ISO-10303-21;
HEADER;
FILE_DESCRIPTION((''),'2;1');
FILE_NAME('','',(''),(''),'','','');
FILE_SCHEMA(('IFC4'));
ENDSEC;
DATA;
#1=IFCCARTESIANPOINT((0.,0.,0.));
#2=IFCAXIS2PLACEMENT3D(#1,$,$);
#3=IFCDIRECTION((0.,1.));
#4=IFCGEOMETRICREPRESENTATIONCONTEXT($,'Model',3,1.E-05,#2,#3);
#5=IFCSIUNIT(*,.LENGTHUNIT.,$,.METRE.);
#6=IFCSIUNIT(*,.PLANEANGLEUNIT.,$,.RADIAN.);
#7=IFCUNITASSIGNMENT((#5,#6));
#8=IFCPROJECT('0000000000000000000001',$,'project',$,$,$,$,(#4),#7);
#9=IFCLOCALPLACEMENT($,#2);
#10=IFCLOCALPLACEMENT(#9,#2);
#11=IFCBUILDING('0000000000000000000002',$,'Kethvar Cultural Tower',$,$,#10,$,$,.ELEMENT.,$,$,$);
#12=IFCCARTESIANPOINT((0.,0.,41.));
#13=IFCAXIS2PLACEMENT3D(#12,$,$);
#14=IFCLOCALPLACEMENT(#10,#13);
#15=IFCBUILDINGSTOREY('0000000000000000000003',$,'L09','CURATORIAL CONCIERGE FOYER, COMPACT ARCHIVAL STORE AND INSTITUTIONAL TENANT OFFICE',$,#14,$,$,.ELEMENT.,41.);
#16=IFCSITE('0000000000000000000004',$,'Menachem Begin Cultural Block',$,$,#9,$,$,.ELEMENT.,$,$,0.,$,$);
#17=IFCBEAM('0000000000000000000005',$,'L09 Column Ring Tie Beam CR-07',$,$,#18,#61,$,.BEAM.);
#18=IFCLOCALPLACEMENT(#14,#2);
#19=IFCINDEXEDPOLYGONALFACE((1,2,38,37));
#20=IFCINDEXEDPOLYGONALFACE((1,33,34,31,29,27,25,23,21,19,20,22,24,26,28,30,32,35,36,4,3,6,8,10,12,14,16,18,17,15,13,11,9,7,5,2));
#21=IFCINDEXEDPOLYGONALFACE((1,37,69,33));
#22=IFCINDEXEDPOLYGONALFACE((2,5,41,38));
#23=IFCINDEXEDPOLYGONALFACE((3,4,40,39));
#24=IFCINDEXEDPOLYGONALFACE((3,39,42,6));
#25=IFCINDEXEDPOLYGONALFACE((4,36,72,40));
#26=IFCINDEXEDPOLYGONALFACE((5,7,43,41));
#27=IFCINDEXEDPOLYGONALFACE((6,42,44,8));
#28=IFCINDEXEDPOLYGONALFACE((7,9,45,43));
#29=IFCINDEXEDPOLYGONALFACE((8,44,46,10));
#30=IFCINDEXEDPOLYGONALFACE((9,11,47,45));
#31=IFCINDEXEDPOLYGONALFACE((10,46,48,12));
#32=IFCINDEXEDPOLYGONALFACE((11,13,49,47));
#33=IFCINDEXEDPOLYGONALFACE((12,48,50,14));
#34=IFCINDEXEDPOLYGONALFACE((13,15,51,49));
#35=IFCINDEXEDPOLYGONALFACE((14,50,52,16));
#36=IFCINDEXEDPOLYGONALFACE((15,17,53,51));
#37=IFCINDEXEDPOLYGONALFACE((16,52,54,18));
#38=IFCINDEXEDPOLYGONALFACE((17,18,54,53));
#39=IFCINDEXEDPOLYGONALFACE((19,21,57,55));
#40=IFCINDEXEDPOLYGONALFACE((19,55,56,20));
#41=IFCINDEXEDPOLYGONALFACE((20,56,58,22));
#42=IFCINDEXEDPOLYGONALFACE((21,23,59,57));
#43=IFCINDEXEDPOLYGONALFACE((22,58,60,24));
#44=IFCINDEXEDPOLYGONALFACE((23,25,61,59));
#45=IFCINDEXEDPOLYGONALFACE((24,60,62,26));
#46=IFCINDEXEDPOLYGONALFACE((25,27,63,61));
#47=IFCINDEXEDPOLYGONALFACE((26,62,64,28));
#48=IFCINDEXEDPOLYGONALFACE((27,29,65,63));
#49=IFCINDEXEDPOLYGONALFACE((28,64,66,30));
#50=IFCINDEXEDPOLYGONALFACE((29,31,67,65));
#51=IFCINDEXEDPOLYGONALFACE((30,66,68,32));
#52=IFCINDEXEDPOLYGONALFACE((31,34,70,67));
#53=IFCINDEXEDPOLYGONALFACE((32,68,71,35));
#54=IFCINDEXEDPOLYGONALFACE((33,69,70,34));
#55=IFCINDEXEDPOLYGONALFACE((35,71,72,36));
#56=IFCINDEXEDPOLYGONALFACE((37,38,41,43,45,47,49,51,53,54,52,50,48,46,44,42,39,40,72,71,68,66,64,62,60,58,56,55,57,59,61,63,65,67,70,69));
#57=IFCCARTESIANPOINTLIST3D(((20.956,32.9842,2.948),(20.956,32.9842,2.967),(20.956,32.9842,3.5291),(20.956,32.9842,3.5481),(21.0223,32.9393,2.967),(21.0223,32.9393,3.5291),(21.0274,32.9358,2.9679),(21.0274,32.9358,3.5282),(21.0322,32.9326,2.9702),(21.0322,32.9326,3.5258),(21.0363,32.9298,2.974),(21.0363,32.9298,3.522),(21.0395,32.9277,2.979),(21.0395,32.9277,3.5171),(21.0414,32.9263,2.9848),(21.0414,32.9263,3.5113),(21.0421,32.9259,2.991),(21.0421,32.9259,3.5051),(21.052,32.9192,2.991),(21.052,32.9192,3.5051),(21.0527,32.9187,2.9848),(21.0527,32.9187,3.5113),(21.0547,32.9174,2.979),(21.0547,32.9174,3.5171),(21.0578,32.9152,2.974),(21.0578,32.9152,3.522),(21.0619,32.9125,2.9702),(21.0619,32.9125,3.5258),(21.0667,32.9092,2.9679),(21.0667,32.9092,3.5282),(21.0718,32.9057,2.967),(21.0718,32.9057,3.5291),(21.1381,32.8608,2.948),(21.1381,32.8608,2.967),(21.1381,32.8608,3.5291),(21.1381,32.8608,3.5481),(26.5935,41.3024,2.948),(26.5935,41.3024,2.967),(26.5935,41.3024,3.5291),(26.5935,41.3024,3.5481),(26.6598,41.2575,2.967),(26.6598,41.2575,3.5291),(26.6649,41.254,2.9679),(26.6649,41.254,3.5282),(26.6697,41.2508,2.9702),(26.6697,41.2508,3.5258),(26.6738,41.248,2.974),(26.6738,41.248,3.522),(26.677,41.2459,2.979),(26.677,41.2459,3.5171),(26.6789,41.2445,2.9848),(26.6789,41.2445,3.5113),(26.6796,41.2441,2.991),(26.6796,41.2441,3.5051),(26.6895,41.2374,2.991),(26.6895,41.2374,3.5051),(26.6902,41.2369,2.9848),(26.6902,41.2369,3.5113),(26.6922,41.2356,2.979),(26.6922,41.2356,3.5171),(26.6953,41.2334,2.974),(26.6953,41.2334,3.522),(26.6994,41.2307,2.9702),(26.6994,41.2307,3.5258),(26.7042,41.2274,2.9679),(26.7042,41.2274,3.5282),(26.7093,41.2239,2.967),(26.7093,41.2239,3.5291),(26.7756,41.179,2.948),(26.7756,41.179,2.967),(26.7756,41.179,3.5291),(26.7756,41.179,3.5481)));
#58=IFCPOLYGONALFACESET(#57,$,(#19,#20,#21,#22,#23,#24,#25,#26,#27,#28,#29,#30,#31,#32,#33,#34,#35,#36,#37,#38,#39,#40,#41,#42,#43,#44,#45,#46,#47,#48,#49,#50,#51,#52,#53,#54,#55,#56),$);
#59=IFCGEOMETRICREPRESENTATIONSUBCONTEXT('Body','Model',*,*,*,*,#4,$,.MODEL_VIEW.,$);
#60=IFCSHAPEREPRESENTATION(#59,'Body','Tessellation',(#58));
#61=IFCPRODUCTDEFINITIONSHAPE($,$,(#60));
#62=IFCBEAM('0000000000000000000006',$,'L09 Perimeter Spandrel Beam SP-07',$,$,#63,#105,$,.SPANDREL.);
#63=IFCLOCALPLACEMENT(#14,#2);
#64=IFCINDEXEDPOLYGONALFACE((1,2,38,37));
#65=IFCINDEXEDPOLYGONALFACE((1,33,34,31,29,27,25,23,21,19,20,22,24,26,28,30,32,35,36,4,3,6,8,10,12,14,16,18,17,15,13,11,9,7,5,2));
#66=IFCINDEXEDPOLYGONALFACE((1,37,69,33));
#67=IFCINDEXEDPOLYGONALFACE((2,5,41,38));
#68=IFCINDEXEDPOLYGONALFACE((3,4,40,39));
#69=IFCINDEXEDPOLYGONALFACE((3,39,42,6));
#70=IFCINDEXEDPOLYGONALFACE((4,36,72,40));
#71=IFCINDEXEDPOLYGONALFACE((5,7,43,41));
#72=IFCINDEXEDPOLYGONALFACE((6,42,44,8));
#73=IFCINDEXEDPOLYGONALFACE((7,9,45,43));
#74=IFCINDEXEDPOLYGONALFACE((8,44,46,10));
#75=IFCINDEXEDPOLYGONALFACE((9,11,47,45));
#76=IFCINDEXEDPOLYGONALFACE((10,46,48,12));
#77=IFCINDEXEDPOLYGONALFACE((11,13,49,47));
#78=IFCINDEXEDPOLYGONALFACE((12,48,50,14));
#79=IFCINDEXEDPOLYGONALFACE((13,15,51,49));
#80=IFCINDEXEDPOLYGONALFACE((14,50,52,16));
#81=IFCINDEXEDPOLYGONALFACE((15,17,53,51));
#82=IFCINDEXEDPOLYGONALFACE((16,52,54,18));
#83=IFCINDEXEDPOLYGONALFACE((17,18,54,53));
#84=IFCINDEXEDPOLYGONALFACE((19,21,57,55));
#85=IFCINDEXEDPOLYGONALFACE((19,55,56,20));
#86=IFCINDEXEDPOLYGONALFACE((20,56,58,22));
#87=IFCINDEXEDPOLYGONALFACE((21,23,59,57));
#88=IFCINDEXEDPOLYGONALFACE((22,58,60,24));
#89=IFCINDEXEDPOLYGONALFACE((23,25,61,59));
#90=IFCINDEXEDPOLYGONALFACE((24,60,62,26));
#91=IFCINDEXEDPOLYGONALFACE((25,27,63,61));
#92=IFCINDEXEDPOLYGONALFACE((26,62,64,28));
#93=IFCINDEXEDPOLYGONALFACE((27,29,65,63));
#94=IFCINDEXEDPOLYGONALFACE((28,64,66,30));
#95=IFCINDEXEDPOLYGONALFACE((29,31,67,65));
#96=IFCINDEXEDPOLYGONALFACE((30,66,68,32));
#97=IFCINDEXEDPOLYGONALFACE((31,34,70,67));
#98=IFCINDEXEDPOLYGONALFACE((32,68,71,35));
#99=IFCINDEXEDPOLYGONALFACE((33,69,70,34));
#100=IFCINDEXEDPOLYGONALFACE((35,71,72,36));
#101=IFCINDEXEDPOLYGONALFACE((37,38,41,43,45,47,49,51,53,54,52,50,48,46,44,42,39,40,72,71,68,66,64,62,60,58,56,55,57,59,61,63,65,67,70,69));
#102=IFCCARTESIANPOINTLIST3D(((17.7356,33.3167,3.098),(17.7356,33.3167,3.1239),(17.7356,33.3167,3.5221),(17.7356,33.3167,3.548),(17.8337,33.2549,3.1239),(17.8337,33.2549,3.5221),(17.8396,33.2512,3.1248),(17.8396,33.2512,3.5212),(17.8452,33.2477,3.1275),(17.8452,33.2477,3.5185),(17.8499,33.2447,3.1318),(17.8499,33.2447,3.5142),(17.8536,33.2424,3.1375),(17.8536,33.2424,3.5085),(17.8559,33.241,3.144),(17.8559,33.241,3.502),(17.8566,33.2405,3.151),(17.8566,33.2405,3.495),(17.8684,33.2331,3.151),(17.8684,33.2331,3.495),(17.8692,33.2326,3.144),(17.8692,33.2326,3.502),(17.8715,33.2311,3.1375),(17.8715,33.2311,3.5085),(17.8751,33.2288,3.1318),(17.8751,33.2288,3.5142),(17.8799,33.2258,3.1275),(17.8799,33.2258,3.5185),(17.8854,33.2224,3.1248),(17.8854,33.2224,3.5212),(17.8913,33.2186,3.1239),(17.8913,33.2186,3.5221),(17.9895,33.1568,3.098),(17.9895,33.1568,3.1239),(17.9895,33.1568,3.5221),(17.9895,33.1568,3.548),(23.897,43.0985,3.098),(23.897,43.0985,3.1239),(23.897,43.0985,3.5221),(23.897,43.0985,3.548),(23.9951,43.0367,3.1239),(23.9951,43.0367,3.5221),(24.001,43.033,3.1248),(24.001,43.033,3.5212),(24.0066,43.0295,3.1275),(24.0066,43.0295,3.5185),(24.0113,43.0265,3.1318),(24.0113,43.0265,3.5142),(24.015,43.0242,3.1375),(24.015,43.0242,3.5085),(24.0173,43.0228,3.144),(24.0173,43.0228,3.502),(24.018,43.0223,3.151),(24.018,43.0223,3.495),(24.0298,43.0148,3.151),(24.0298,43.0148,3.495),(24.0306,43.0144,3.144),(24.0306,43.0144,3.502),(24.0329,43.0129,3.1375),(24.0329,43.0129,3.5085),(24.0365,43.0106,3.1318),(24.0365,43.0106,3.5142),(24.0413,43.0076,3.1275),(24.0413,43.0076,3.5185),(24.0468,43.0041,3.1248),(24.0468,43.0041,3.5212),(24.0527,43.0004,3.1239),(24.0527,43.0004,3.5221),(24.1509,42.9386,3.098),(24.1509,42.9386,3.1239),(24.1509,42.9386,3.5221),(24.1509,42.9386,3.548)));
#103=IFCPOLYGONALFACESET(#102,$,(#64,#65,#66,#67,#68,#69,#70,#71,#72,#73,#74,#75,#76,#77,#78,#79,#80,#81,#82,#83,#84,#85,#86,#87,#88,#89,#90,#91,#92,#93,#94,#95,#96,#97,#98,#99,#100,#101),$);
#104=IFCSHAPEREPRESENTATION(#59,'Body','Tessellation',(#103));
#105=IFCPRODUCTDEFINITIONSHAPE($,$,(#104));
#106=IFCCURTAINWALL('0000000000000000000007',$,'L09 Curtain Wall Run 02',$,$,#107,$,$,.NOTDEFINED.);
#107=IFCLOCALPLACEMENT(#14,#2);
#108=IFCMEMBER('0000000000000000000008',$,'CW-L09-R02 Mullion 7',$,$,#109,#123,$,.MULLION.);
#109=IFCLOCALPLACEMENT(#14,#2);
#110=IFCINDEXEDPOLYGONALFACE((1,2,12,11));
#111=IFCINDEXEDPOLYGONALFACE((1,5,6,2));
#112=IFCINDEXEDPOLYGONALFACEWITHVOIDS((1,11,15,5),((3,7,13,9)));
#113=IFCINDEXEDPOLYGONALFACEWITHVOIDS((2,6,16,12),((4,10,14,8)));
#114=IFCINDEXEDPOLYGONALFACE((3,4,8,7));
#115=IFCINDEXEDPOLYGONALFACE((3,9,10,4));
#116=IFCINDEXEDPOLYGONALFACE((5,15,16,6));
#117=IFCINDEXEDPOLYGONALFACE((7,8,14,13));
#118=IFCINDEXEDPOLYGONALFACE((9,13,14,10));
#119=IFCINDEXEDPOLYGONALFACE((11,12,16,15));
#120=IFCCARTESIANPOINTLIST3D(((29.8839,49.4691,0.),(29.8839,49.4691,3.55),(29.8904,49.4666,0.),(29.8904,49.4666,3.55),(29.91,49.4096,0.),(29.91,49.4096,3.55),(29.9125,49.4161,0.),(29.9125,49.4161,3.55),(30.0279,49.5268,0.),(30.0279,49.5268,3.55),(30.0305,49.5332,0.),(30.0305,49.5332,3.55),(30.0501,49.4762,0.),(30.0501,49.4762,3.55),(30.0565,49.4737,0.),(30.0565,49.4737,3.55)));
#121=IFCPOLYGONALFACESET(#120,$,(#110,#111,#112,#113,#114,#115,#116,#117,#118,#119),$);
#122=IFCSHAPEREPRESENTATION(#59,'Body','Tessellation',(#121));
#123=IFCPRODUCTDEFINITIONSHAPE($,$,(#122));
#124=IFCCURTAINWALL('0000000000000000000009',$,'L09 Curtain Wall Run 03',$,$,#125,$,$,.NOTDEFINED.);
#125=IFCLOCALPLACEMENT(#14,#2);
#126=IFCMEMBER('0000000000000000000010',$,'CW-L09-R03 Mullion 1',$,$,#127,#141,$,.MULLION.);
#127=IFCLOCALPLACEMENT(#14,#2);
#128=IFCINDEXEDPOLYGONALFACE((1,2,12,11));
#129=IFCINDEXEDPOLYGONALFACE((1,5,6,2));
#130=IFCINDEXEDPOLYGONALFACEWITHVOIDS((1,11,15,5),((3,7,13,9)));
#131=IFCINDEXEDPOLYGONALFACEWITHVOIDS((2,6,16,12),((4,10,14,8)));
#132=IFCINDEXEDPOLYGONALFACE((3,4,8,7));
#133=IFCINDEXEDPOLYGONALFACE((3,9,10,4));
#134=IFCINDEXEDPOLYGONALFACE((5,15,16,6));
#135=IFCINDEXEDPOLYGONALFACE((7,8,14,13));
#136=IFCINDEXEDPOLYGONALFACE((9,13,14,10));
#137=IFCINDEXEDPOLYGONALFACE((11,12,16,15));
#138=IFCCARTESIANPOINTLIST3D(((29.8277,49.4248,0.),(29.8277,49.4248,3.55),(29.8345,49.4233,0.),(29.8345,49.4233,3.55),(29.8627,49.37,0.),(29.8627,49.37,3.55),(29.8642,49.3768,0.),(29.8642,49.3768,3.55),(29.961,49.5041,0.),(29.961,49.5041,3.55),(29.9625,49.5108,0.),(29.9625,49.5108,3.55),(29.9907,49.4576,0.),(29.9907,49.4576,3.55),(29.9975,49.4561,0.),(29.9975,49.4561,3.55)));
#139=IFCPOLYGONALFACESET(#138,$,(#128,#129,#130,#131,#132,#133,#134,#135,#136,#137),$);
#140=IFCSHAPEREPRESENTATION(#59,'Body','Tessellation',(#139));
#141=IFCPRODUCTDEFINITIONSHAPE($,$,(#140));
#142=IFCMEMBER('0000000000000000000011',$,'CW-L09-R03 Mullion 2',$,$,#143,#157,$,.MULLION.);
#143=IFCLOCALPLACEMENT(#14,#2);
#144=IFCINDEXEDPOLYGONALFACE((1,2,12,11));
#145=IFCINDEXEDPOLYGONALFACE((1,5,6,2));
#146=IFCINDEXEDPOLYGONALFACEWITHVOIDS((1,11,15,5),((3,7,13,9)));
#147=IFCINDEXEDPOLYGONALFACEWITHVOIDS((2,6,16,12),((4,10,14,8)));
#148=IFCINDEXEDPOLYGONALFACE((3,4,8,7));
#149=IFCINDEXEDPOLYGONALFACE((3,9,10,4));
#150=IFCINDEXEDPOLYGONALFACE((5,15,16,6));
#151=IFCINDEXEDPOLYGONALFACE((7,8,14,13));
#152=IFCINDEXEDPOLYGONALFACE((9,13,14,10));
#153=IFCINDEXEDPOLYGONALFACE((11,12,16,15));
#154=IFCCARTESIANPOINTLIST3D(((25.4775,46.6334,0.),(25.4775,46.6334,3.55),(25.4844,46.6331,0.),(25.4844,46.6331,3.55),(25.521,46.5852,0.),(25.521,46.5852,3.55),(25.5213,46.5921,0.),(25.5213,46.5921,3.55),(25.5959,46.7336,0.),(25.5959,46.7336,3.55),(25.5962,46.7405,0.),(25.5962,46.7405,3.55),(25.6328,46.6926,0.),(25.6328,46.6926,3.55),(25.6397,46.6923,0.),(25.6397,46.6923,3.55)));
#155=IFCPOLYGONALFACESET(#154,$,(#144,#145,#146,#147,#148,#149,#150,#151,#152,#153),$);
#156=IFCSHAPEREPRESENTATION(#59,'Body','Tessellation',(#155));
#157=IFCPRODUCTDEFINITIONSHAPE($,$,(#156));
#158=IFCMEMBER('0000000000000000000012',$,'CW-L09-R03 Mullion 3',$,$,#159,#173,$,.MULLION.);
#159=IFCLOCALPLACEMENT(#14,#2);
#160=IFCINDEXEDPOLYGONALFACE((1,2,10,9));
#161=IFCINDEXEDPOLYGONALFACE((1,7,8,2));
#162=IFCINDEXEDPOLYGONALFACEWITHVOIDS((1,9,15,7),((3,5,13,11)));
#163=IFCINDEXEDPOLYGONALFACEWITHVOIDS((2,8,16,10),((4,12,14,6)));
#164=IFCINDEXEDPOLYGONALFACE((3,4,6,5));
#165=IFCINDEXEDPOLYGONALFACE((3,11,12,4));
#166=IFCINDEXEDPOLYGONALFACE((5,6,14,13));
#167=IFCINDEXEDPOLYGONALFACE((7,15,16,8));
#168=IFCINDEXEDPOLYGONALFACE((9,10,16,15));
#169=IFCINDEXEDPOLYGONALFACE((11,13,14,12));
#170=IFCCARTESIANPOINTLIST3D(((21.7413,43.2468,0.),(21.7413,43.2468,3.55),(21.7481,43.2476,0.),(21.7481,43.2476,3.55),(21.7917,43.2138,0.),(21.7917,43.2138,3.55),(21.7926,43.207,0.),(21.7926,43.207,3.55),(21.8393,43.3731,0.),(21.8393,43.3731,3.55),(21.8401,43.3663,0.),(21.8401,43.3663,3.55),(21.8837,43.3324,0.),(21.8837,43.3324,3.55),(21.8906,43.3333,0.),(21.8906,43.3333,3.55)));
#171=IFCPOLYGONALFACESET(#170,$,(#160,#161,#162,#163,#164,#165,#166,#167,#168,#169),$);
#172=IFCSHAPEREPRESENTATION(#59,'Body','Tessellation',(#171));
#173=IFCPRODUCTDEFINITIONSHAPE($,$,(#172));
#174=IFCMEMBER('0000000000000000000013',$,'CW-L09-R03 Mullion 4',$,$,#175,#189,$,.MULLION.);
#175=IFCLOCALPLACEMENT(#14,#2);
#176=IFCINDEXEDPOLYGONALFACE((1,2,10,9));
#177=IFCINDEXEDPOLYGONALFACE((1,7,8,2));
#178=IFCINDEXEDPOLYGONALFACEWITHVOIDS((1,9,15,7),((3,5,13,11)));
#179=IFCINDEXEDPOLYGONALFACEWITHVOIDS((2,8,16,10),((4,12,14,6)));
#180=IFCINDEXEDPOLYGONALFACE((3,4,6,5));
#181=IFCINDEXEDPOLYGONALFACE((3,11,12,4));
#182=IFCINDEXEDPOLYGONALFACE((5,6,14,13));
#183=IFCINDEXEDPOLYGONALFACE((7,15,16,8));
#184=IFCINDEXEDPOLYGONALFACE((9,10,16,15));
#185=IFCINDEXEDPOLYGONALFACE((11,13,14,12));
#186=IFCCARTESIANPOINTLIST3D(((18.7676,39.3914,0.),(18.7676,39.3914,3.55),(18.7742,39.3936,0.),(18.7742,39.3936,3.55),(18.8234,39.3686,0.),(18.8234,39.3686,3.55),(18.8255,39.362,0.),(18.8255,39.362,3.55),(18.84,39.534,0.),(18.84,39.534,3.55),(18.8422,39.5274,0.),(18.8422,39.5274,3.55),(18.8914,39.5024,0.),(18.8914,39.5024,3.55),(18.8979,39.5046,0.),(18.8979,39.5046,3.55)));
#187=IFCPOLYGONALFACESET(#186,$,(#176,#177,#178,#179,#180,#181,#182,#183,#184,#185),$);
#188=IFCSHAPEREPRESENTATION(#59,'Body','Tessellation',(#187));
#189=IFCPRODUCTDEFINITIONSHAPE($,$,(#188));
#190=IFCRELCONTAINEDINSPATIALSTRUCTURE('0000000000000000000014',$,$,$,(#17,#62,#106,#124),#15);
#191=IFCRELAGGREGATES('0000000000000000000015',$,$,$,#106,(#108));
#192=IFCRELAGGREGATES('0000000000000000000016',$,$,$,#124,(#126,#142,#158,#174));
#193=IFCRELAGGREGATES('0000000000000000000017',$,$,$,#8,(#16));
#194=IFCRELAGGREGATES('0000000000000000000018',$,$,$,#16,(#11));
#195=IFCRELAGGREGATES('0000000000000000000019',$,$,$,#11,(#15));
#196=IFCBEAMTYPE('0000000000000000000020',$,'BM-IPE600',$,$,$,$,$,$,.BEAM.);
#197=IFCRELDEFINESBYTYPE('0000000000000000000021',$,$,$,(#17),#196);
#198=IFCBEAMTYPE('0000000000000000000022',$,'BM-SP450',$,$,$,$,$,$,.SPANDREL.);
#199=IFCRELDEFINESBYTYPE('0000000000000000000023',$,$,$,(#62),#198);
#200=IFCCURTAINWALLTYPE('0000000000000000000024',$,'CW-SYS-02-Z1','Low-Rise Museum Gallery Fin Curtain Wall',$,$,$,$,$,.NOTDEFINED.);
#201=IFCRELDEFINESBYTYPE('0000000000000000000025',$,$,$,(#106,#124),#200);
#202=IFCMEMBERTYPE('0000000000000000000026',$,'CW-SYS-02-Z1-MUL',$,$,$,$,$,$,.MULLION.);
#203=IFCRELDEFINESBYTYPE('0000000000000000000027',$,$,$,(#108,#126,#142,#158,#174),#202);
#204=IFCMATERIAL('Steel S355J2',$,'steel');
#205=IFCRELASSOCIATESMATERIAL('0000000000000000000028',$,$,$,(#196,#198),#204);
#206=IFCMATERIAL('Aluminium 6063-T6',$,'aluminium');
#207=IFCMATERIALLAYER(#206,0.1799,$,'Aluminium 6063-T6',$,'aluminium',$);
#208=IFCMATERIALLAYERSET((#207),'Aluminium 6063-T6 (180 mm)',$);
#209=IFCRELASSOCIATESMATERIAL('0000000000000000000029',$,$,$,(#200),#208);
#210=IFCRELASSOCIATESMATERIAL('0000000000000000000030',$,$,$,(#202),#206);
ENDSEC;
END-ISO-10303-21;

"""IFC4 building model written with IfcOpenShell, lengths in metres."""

from ifc_helpers import new_model, si_unit, direction, frame, origin, origin_2d, place, context, subcontext, project, spatial, hollow_rectangle, i_section, extrude, source, transform, mapped, material, layer, layer_set, material_profile, profile_set, type_object, element, aggregate, save


model = new_model("IFC4")

# Units and contexts
model_context = context("Model", 3, precision=1e-05, world=origin(), true_north=direction((0.0, 1.0)))
body_context = subcontext(model_context, "Body", "Model", "MODEL_VIEW")
ifc_project = project(units=[si_unit("LENGTHUNIT", "METRE"), si_unit("PLANEANGLEUNIT", "RADIAN")], contexts=[model_context])

# Site, building, storey
site_placement = place(None, origin())
site = spatial("IfcSite", under=ifc_project, at=site_placement, Name="Menachem Begin Cultural Block", CompositionType="ELEMENT", RefElevation=0.0)
building_placement = place(site_placement, origin())
building = spatial("IfcBuilding", under=site, at=building_placement, Name="Kethvar Cultural Tower", CompositionType="ELEMENT")
storey_placement = place(building_placement, frame((0.0, 0.0, 41.0)))
storey = spatial("IfcBuildingStorey", under=building, at=storey_placement, Name="L09", Description="CURATORIAL CONCIERGE FOYER, COMPACT ARCHIVAL STORE AND INSTITUTIONAL TENANT OFFICE", CompositionType="ELEMENT", Elevation=41.0)

# Beams
ifc_material_1 = material(Name="Steel S355J2", Category="steel")
ifc_material_profile_1 = material_profile(ifc_material_1, i_section(OverallWidth=0.22, OverallDepth=0.6001, WebThickness=0.012, FlangeThickness=0.019, FilletRadius=0.0239, at=origin_2d()), Name="Steel S355J2 — IPE600")
ifc_profile_set_1 = profile_set([ifc_material_profile_1], Name="Steel S355J2 — IPE600")
beam_type_1 = type_object("IfcBeamType", Name="BM-IPE600", PredefinedType="BEAM", material=ifc_profile_set_1)
ifc_material_profile_2 = material_profile(ifc_material_1, i_section(OverallWidth=0.3, OverallDepth=0.45, WebThickness=0.0139, FlangeThickness=0.0259, FilletRadius=0.0271, at=origin_2d()), Name="Steel S355J2 — HEB450")
ifc_profile_set_2 = profile_set([ifc_material_profile_2], Name="Steel S355J2 — HEB450")
beam_type_2 = type_object("IfcBeamType", Name="BM-SP450", PredefinedType="SPANDREL", material=ifc_profile_set_2)
shared_shape_1 = source(origin(), body_context, "Body", "SweptSolid", [
    extrude(i_section(OverallWidth=0.22, OverallDepth=0.6001, WebThickness=0.012, FlangeThickness=0.019, FilletRadius=0.0239, at=origin_2d()), origin(), (0.0, 0.0, 1.0), 10.0486),
])
beam_1_placement = place(storey_placement, frame((26.6846, 41.2407, 3.248), z_axis=(-0.561025, -0.827799, 0.0), x_axis=(0.827799, -0.561025, 0.0)))
element("IfcBeam", 1, at=beam_1_placement, inside=storey, type_object=beam_type_1, Name="L09 Column Ring Tie Beam CR-07", PredefinedType="BEAM", context=body_context, shape_type="MappedRepresentation", body=[
    mapped(shared_shape_1, transform((0.0, 0.0, 0.0), scale=1.0)),
])
shared_shape_2 = source(origin(), body_context, "Body", "SweptSolid", [
    extrude(i_section(OverallWidth=0.3, OverallDepth=0.45, WebThickness=0.0139, FlangeThickness=0.0259, FilletRadius=0.0271, at=origin_2d()), origin(), (0.0, 0.0, 1.0), 11.5605),
])
beam_2_placement = place(storey_placement, frame((24.0239, 43.0186, 3.323), z_axis=(-0.532968, -0.846135, 0.0), x_axis=(0.846135, -0.532968, 0.0)))
element("IfcBeam", 2, at=beam_2_placement, inside=storey, type_object=beam_type_2, Name="L09 Perimeter Spandrel Beam SP-07", PredefinedType="SPANDREL", context=body_context, shape_type="MappedRepresentation", body=[
    mapped(shared_shape_2, transform((0.0, 0.0, 0.0), scale=1.0)),
])

# Curtain wall, member
ifc_material_2 = material(Name="Aluminium 6063-T6", Category="aluminium")
ifc_layer_1 = layer(ifc_material_2, 0.1799, Name="Aluminium 6063-T6", Category="aluminium")
ifc_layer_set_1 = layer_set([ifc_layer_1], Name="Aluminium 6063-T6 (180 mm)")
curtain_wall_type = type_object("IfcCurtainWallType", Name="CW-SYS-02-Z1", Description="Low-Rise Museum Gallery Fin Curtain Wall", PredefinedType="NOTDEFINED", material=ifc_layer_set_1)
curtain_wall_1_placement = place(storey_placement, origin())
curtain_wall_1 = element("IfcCurtainWall", 3, at=curtain_wall_1_placement, inside=storey, type_object=curtain_wall_type, Name="L09 Curtain Wall Run 02", PredefinedType="NOTDEFINED")
ifc_material_profile_3 = material_profile(ifc_material_2, hollow_rectangle(XDim=0.0649, YDim=0.1599, WallThickness=0.0049, at=origin_2d()), Name="Aluminium 6063-T6 — RHS160x65x5")
ifc_profile_set_3 = profile_set([ifc_material_profile_3], Name="Aluminium 6063-T6 — RHS160x65x5")
member_type_1 = type_object("IfcMemberType", Name="CW-SYS-02-Z1-MUL", PredefinedType="MULLION", material=ifc_profile_set_3)
shared_shape_3 = source(origin(), body_context, "Body", "SweptSolid", [
    extrude(hollow_rectangle(XDim=0.0649, YDim=0.1599, WallThickness=0.0049, at=origin_2d()), origin(), (0.0, 0.0, 1.0), 3.55),
])
member_1_placement = place(storey_placement, frame((29.9702, 49.4714, 0.0), z_axis=(0.0, 0.0, 1.0), x_axis=(0.400685, -0.916216, 0.0)))
member_1 = element("IfcMember", 4, at=member_1_placement, type_object=member_type_1, Name="CW-L09-R02 Mullion 7", PredefinedType="MULLION", context=body_context, shape_type="MappedRepresentation", body=[
    mapped(shared_shape_3, transform((0.0, 0.0, 0.0), scale=1.0)),
])

# Curtain wall, members
curtain_wall_2_placement = place(storey_placement, origin())
curtain_wall_2 = element("IfcCurtainWall", 5, at=curtain_wall_2_placement, inside=storey, type_object=curtain_wall_type, Name="L09 Curtain Wall Run 03", PredefinedType="NOTDEFINED")
member_2_placement = place(storey_placement, frame((29.9126, 49.4404, 0.0), z_axis=(0.0, 0.0, 1.0), x_axis=(0.538124, -0.842866, 0.0)))
member_2 = element("IfcMember", 6, at=member_2_placement, type_object=member_type_1, Name="CW-L09-R03 Mullion 1", PredefinedType="MULLION", context=body_context, shape_type="MappedRepresentation", body=[
    mapped(shared_shape_3, transform((0.0, 0.0, 0.0), scale=1.0)),
])
member_3_placement = place(storey_placement, frame((25.5586, 46.6628, 0.0), z_axis=(0.0, 0.0, 1.0), x_axis=(0.669701, -0.742631, 0.0)))
member_3 = element("IfcMember", 7, at=member_3_placement, type_object=member_type_1, Name="CW-L09-R03 Mullion 2", PredefinedType="MULLION", context=body_context, shape_type="MappedRepresentation", body=[
    mapped(shared_shape_3, transform((0.0, 0.0, 0.0), scale=1.0)),
])
member_4_placement = place(storey_placement, frame((21.8159, 43.29, 0.0), z_axis=(0.0, 0.0, 1.0), x_axis=(0.790134, -0.612935, 0.0)))
member_4 = element("IfcMember", 8, at=member_4_placement, type_object=member_type_1, Name="CW-L09-R03 Mullion 3", PredefinedType="MULLION", context=body_context, shape_type="MappedRepresentation", body=[
    mapped(shared_shape_3, transform((0.0, 0.0, 0.0), scale=1.0)),
])
member_5_placement = place(storey_placement, frame((18.8328, 39.448, 0.0), z_axis=(0.0, 0.0, 1.0), x_axis=(0.891545, -0.452933, 0.0)))
member_5 = element("IfcMember", 9, at=member_5_placement, type_object=member_type_1, Name="CW-L09-R03 Mullion 4", PredefinedType="MULLION", context=body_context, shape_type="MappedRepresentation", body=[
    mapped(shared_shape_3, transform((0.0, 0.0, 0.0), scale=1.0)),
])

aggregate(curtain_wall_1, [member_1])
aggregate(curtain_wall_2, [member_2, member_3, member_4, member_5])

save(model, "model.ifc")
